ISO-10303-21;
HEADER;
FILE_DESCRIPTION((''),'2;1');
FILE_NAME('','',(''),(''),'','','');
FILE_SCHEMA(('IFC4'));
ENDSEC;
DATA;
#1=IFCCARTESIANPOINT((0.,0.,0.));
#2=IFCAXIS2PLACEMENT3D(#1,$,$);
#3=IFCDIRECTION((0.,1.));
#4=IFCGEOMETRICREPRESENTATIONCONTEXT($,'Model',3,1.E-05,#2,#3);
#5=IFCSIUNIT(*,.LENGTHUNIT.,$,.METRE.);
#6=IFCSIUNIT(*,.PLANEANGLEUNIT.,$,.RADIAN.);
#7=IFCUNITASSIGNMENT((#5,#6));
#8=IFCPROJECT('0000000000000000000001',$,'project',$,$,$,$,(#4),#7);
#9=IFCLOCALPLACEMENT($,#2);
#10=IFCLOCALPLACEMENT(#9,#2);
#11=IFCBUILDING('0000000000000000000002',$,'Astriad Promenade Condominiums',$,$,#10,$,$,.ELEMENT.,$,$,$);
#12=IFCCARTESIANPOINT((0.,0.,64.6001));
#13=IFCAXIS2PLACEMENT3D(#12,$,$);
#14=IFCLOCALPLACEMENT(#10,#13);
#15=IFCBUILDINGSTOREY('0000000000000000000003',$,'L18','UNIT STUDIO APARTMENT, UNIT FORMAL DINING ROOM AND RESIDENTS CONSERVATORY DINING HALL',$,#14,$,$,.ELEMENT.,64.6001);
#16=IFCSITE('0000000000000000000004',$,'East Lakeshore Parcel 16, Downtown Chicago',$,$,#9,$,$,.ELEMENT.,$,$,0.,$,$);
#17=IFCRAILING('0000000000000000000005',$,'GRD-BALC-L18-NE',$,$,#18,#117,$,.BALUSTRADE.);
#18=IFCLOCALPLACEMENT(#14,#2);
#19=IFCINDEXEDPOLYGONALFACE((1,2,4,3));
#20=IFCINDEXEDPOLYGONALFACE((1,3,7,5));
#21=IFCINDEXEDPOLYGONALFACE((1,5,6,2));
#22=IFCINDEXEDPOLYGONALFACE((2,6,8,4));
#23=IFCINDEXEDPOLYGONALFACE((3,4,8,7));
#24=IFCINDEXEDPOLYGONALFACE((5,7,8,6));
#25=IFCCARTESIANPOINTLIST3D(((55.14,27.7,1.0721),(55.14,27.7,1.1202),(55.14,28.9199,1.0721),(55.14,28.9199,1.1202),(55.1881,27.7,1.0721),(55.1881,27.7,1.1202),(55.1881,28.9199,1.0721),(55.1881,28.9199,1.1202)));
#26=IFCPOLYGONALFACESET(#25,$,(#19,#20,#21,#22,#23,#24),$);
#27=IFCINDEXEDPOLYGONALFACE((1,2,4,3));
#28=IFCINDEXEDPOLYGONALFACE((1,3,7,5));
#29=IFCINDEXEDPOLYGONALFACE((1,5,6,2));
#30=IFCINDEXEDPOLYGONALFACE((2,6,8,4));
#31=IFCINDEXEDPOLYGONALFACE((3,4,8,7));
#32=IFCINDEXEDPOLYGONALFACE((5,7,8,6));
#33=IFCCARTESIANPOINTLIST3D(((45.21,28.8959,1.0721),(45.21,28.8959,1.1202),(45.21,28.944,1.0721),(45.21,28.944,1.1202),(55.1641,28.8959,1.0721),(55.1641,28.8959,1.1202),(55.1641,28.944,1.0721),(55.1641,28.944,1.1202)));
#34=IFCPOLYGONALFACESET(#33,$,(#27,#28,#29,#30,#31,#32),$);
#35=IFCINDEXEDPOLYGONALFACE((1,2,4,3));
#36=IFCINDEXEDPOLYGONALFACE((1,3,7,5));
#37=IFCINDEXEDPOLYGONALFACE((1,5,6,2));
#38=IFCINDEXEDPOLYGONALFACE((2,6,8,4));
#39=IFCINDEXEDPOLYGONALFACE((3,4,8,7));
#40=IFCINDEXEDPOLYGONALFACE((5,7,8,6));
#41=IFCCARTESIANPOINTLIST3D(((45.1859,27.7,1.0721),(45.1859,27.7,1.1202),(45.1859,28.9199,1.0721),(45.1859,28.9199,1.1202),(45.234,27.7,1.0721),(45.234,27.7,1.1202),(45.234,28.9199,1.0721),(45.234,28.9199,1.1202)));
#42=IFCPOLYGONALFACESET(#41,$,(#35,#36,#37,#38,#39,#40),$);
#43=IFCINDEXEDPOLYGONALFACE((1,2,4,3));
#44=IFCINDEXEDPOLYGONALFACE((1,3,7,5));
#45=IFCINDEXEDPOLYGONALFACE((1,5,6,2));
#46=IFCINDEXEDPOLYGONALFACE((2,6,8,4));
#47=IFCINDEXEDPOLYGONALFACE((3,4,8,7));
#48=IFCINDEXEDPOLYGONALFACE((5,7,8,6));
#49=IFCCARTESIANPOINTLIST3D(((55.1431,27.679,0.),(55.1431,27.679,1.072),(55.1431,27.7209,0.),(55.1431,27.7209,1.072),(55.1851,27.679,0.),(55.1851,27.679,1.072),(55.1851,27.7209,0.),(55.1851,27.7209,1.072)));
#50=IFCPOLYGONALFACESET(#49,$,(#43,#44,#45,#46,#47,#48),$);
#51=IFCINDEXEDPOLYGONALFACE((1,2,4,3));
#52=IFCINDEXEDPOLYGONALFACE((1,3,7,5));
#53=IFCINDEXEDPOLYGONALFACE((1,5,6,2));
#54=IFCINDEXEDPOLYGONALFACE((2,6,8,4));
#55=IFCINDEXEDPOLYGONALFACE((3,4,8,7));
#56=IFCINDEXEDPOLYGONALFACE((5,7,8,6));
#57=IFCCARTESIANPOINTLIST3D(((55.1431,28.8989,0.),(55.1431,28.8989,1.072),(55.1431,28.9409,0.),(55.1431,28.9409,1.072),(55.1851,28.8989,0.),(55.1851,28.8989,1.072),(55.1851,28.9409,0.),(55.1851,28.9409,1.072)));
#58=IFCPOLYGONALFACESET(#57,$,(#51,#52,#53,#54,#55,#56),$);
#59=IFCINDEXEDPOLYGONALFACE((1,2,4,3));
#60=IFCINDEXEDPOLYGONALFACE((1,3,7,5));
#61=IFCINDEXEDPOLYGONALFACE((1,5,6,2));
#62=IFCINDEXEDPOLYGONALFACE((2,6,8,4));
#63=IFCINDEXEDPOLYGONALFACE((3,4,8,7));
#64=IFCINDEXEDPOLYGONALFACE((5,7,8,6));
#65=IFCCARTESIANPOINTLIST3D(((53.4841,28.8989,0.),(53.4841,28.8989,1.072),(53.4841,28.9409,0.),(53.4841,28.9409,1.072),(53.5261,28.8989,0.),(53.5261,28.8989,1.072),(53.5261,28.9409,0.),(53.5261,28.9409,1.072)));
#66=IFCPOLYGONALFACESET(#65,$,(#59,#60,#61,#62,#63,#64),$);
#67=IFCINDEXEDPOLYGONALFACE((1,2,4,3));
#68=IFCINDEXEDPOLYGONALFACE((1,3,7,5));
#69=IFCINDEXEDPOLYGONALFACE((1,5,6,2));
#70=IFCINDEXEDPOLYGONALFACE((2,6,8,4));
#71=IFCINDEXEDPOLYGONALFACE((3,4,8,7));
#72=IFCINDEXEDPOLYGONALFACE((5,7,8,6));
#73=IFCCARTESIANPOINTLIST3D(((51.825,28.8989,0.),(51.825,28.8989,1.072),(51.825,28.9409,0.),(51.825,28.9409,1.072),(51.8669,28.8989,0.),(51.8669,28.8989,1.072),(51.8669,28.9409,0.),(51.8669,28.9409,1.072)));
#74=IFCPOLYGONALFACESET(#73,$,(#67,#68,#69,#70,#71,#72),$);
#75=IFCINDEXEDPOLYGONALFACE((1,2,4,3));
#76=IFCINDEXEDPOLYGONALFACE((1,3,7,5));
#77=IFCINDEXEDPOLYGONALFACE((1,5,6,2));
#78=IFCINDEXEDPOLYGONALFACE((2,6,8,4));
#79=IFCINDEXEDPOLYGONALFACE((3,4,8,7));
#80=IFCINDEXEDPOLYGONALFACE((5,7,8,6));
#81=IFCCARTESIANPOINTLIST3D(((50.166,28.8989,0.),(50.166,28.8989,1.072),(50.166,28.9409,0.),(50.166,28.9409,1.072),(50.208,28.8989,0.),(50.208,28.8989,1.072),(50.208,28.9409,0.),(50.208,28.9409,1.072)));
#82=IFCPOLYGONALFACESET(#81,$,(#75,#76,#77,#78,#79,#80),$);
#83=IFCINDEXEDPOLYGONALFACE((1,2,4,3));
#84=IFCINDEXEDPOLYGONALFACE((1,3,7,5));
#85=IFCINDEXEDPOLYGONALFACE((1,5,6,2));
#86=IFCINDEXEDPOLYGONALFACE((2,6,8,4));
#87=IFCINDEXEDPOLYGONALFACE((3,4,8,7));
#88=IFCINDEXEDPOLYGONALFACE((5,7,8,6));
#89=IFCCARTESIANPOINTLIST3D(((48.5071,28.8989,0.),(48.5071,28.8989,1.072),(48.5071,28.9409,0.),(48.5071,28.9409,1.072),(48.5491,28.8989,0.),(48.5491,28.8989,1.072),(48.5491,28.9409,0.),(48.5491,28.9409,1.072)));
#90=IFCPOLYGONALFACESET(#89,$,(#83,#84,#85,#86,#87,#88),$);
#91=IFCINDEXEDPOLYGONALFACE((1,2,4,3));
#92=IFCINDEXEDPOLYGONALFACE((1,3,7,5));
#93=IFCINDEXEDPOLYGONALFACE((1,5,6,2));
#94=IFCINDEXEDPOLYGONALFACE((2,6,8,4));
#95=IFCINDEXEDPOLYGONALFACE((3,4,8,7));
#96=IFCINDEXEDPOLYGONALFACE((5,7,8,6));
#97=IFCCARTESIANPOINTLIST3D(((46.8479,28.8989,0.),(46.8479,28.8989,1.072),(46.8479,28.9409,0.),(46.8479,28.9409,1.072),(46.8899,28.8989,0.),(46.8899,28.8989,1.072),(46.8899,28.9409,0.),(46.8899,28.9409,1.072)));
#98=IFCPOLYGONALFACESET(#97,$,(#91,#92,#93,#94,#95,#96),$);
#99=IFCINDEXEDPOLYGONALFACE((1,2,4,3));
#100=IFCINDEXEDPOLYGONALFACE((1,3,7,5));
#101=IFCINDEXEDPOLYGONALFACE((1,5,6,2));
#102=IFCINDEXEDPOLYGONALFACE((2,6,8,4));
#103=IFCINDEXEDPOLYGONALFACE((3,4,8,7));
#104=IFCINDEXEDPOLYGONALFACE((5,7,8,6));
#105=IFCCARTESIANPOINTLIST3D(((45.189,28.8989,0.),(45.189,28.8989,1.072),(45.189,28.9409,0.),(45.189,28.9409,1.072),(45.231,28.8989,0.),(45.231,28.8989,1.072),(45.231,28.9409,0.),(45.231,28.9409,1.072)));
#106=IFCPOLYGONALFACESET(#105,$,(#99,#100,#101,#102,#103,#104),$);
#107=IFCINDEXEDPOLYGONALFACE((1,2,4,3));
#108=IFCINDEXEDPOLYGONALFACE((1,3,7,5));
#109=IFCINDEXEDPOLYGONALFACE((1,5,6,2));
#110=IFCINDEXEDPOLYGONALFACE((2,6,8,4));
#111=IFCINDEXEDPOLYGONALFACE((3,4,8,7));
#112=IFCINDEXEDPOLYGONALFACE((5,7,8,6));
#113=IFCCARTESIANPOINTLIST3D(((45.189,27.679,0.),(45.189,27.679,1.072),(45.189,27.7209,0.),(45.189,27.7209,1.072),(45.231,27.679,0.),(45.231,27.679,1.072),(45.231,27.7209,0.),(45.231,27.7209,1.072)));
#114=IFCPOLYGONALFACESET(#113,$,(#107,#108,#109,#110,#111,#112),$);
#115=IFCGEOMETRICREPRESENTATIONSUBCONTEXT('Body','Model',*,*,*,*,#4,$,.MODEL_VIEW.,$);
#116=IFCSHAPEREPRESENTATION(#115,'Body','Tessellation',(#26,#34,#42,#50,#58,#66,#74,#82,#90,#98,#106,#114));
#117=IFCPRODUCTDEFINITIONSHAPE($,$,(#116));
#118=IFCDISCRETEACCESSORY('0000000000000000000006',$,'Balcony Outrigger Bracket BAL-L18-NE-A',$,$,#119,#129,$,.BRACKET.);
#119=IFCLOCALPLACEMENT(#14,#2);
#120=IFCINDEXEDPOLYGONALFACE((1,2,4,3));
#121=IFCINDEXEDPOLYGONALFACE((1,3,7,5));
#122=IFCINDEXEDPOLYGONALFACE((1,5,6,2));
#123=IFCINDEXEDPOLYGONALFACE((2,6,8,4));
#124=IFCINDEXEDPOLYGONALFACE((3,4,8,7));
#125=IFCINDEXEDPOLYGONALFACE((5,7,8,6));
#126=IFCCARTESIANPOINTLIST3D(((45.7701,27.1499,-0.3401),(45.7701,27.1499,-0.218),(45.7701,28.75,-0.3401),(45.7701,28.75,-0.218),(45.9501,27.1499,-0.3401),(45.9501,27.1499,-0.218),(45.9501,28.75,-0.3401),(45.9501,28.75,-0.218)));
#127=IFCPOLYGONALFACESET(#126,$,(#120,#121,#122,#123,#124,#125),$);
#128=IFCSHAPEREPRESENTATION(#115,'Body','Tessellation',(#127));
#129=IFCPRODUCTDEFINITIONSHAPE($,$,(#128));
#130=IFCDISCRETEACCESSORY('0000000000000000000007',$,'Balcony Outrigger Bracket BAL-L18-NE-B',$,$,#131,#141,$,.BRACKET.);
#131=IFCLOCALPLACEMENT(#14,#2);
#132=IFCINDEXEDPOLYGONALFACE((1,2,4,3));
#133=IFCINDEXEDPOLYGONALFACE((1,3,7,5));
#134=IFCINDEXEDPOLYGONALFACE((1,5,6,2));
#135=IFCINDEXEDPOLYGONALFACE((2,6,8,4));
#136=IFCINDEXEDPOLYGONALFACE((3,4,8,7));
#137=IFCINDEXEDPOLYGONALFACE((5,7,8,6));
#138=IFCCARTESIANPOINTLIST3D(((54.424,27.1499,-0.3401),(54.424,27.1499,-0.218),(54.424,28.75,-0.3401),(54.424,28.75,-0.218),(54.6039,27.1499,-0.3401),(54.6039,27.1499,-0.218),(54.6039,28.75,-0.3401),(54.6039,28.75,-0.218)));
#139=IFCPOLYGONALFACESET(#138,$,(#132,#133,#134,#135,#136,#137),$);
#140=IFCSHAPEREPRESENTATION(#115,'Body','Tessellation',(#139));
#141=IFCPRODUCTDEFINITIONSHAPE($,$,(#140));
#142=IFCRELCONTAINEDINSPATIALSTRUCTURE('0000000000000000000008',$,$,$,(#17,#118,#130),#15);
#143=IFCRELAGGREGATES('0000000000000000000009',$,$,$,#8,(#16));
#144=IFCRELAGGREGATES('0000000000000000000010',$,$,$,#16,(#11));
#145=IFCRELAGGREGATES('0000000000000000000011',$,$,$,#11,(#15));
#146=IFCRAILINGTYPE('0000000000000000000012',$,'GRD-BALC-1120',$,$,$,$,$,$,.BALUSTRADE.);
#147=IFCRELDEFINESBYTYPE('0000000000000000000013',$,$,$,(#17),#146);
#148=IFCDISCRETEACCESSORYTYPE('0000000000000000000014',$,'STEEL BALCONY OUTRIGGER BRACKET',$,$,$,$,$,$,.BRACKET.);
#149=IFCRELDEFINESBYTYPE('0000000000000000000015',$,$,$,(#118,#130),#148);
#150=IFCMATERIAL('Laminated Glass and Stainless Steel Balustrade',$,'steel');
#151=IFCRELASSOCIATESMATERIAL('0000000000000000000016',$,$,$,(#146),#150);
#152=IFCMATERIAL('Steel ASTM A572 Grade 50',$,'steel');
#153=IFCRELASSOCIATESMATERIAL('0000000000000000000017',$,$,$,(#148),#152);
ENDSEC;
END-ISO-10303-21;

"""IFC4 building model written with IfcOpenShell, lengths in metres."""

from ifc_helpers import new_model, si_unit, direction, frame, origin, origin_2d, place, context, subcontext, project, spatial, rectangle, extrude, source, transform, mapped, material, type_object, type_shapes, element, save


model = new_model("IFC4")

# Units and contexts
model_context = context("Model", 3, precision=1e-05, world=origin(), true_north=direction((0.0, 1.0)))
body_context = subcontext(model_context, "Body", "Model", "MODEL_VIEW")
ifc_project = project(units=[si_unit("LENGTHUNIT", "METRE"), si_unit("PLANEANGLEUNIT", "RADIAN")], contexts=[model_context])

# Site, building, storey
site_placement = place(None, origin())
site = spatial("IfcSite", under=ifc_project, at=site_placement, Name="East Lakeshore Parcel 16, Downtown Chicago", CompositionType="ELEMENT", RefElevation=0.0)
building_placement = place(site_placement, origin())
building = spatial("IfcBuilding", under=site, at=building_placement, Name="Astriad Promenade Condominiums", CompositionType="ELEMENT")
storey_placement = place(building_placement, frame((0.0, 0.0, 64.6001)))
storey = spatial("IfcBuildingStorey", under=building, at=storey_placement, Name="L18", Description="UNIT STUDIO APARTMENT, UNIT FORMAL DINING ROOM AND RESIDENTS CONSERVATORY DINING HALL", CompositionType="ELEMENT", Elevation=64.6001)

# Railing
ifc_material_1 = material(Name="Laminated Glass and Stainless Steel Balustrade", Category="steel")
railing_type = type_object("IfcRailingType", Name="GRD-BALC-1120", PredefinedType="BALUSTRADE", material=ifc_material_1)
shared_shape_1 = source(origin(), body_context, "Body", "SweptSolid", [
    extrude(rectangle(XDim=0.0481, YDim=0.0481, at=origin_2d()), frame((0.0, 0.0, 1.0962), z_axis=(0.0, 1.0, 0.0), x_axis=(-1.0, 0.0, 0.0)), (0.0, 0.0, 1.0), 1.22),
    extrude(rectangle(XDim=0.0481, YDim=0.0481, at=origin_2d()), frame((0.0, 1.22, 1.0962), z_axis=(-1.0, 0.0, 0.0), x_axis=(0.0, -1.0, 0.0)), (0.0, 0.0, 1.0), 9.9541),
    extrude(rectangle(XDim=0.0481, YDim=0.0481, at=origin_2d()), frame((-9.9541, 1.22, 1.0962), z_axis=(0.0, -1.0, 0.0), x_axis=(1.0, 0.0, 0.0)), (0.0, 0.0, 1.0), 1.22),
    extrude(rectangle(XDim=0.042, YDim=0.042, at=origin_2d()), origin(), (0.0, 0.0, 1.0), 1.072),
    extrude(rectangle(XDim=0.042, YDim=0.042, at=origin_2d()), frame((0.0, 1.22, 0.0)), (0.0, 0.0, 1.0), 1.072),
    extrude(rectangle(XDim=0.042, YDim=0.042, at=origin_2d()), frame((-1.6589, 1.22, 0.0)), (0.0, 0.0, 1.0), 1.072),
    extrude(rectangle(XDim=0.042, YDim=0.042, at=origin_2d()), frame((-3.3181, 1.22, 0.0)), (0.0, 0.0, 1.0), 1.072),
    extrude(rectangle(XDim=0.042, YDim=0.042, at=origin_2d()), frame((-4.9771, 1.22, 0.0)), (0.0, 0.0, 1.0), 1.072),
    extrude(rectangle(XDim=0.042, YDim=0.042, at=origin_2d()), frame((-6.636, 1.22, 0.0)), (0.0, 0.0, 1.0), 1.072),
    extrude(rectangle(XDim=0.042, YDim=0.042, at=origin_2d()), frame((-8.2952, 1.22, 0.0)), (0.0, 0.0, 1.0), 1.072),
    extrude(rectangle(XDim=0.042, YDim=0.042, at=origin_2d()), frame((-9.9541, 1.22, 0.0)), (0.0, 0.0, 1.0), 1.072),
    extrude(rectangle(XDim=0.042, YDim=0.042, at=origin_2d()), frame((-9.9541, 0.0, 0.0)), (0.0, 0.0, 1.0), 1.072),
])
type_shapes(railing_type, [shared_shape_1])
railing_placement = place(storey_placement, frame((55.1641, 27.7, 0.0)))
element("IfcRailing", 1, at=railing_placement, inside=storey, type_object=railing_type, Name="GRD-BALC-L18-NE", PredefinedType="BALUSTRADE", context=body_context, shape_type="MappedRepresentation", body=[
    mapped(shared_shape_1, transform((0.0, 0.0, 0.0), scale=1.0)),
])

# Discrete accessories
ifc_material_2 = material(Name="Steel ASTM A572 Grade 50", Category="steel")
discrete_accessory_type = type_object("IfcDiscreteAccessoryType", Name="STEEL BALCONY OUTRIGGER BRACKET", PredefinedType="BRACKET", material=ifc_material_2)
shared_shape_2 = source(origin(), body_context, "Body", "SweptSolid", [
    extrude(rectangle(XDim=1.6001, YDim=0.1799, at=origin_2d()), origin(), (0.0, 0.0, 1.0), 0.1221),
])
type_shapes(discrete_accessory_type, [shared_shape_2])
for number, where, z_axis, x_axis, name in (
    (2, (45.8601, 27.95, -0.3401), (0.0, 0.0, 1.0), (0.0, 1.0, 0.0), "Balcony Outrigger Bracket BAL-L18-NE-A"),
    (3, (54.5139, 27.95, -0.3401), (0.0, 0.0, 1.0), (0.0, 1.0, 0.0), "Balcony Outrigger Bracket BAL-L18-NE-B"),
):
    element("IfcDiscreteAccessory", number, at=place(storey_placement, frame(where, z_axis=z_axis, x_axis=x_axis)), inside=storey, type_object=discrete_accessory_type, Name=name, PredefinedType="BRACKET", context=body_context, shape_type="MappedRepresentation", body=[
        mapped(shared_shape_2, transform((0.0, 0.0, 0.0), scale=1.0)),
    ])

save(model, "model.ifc")
